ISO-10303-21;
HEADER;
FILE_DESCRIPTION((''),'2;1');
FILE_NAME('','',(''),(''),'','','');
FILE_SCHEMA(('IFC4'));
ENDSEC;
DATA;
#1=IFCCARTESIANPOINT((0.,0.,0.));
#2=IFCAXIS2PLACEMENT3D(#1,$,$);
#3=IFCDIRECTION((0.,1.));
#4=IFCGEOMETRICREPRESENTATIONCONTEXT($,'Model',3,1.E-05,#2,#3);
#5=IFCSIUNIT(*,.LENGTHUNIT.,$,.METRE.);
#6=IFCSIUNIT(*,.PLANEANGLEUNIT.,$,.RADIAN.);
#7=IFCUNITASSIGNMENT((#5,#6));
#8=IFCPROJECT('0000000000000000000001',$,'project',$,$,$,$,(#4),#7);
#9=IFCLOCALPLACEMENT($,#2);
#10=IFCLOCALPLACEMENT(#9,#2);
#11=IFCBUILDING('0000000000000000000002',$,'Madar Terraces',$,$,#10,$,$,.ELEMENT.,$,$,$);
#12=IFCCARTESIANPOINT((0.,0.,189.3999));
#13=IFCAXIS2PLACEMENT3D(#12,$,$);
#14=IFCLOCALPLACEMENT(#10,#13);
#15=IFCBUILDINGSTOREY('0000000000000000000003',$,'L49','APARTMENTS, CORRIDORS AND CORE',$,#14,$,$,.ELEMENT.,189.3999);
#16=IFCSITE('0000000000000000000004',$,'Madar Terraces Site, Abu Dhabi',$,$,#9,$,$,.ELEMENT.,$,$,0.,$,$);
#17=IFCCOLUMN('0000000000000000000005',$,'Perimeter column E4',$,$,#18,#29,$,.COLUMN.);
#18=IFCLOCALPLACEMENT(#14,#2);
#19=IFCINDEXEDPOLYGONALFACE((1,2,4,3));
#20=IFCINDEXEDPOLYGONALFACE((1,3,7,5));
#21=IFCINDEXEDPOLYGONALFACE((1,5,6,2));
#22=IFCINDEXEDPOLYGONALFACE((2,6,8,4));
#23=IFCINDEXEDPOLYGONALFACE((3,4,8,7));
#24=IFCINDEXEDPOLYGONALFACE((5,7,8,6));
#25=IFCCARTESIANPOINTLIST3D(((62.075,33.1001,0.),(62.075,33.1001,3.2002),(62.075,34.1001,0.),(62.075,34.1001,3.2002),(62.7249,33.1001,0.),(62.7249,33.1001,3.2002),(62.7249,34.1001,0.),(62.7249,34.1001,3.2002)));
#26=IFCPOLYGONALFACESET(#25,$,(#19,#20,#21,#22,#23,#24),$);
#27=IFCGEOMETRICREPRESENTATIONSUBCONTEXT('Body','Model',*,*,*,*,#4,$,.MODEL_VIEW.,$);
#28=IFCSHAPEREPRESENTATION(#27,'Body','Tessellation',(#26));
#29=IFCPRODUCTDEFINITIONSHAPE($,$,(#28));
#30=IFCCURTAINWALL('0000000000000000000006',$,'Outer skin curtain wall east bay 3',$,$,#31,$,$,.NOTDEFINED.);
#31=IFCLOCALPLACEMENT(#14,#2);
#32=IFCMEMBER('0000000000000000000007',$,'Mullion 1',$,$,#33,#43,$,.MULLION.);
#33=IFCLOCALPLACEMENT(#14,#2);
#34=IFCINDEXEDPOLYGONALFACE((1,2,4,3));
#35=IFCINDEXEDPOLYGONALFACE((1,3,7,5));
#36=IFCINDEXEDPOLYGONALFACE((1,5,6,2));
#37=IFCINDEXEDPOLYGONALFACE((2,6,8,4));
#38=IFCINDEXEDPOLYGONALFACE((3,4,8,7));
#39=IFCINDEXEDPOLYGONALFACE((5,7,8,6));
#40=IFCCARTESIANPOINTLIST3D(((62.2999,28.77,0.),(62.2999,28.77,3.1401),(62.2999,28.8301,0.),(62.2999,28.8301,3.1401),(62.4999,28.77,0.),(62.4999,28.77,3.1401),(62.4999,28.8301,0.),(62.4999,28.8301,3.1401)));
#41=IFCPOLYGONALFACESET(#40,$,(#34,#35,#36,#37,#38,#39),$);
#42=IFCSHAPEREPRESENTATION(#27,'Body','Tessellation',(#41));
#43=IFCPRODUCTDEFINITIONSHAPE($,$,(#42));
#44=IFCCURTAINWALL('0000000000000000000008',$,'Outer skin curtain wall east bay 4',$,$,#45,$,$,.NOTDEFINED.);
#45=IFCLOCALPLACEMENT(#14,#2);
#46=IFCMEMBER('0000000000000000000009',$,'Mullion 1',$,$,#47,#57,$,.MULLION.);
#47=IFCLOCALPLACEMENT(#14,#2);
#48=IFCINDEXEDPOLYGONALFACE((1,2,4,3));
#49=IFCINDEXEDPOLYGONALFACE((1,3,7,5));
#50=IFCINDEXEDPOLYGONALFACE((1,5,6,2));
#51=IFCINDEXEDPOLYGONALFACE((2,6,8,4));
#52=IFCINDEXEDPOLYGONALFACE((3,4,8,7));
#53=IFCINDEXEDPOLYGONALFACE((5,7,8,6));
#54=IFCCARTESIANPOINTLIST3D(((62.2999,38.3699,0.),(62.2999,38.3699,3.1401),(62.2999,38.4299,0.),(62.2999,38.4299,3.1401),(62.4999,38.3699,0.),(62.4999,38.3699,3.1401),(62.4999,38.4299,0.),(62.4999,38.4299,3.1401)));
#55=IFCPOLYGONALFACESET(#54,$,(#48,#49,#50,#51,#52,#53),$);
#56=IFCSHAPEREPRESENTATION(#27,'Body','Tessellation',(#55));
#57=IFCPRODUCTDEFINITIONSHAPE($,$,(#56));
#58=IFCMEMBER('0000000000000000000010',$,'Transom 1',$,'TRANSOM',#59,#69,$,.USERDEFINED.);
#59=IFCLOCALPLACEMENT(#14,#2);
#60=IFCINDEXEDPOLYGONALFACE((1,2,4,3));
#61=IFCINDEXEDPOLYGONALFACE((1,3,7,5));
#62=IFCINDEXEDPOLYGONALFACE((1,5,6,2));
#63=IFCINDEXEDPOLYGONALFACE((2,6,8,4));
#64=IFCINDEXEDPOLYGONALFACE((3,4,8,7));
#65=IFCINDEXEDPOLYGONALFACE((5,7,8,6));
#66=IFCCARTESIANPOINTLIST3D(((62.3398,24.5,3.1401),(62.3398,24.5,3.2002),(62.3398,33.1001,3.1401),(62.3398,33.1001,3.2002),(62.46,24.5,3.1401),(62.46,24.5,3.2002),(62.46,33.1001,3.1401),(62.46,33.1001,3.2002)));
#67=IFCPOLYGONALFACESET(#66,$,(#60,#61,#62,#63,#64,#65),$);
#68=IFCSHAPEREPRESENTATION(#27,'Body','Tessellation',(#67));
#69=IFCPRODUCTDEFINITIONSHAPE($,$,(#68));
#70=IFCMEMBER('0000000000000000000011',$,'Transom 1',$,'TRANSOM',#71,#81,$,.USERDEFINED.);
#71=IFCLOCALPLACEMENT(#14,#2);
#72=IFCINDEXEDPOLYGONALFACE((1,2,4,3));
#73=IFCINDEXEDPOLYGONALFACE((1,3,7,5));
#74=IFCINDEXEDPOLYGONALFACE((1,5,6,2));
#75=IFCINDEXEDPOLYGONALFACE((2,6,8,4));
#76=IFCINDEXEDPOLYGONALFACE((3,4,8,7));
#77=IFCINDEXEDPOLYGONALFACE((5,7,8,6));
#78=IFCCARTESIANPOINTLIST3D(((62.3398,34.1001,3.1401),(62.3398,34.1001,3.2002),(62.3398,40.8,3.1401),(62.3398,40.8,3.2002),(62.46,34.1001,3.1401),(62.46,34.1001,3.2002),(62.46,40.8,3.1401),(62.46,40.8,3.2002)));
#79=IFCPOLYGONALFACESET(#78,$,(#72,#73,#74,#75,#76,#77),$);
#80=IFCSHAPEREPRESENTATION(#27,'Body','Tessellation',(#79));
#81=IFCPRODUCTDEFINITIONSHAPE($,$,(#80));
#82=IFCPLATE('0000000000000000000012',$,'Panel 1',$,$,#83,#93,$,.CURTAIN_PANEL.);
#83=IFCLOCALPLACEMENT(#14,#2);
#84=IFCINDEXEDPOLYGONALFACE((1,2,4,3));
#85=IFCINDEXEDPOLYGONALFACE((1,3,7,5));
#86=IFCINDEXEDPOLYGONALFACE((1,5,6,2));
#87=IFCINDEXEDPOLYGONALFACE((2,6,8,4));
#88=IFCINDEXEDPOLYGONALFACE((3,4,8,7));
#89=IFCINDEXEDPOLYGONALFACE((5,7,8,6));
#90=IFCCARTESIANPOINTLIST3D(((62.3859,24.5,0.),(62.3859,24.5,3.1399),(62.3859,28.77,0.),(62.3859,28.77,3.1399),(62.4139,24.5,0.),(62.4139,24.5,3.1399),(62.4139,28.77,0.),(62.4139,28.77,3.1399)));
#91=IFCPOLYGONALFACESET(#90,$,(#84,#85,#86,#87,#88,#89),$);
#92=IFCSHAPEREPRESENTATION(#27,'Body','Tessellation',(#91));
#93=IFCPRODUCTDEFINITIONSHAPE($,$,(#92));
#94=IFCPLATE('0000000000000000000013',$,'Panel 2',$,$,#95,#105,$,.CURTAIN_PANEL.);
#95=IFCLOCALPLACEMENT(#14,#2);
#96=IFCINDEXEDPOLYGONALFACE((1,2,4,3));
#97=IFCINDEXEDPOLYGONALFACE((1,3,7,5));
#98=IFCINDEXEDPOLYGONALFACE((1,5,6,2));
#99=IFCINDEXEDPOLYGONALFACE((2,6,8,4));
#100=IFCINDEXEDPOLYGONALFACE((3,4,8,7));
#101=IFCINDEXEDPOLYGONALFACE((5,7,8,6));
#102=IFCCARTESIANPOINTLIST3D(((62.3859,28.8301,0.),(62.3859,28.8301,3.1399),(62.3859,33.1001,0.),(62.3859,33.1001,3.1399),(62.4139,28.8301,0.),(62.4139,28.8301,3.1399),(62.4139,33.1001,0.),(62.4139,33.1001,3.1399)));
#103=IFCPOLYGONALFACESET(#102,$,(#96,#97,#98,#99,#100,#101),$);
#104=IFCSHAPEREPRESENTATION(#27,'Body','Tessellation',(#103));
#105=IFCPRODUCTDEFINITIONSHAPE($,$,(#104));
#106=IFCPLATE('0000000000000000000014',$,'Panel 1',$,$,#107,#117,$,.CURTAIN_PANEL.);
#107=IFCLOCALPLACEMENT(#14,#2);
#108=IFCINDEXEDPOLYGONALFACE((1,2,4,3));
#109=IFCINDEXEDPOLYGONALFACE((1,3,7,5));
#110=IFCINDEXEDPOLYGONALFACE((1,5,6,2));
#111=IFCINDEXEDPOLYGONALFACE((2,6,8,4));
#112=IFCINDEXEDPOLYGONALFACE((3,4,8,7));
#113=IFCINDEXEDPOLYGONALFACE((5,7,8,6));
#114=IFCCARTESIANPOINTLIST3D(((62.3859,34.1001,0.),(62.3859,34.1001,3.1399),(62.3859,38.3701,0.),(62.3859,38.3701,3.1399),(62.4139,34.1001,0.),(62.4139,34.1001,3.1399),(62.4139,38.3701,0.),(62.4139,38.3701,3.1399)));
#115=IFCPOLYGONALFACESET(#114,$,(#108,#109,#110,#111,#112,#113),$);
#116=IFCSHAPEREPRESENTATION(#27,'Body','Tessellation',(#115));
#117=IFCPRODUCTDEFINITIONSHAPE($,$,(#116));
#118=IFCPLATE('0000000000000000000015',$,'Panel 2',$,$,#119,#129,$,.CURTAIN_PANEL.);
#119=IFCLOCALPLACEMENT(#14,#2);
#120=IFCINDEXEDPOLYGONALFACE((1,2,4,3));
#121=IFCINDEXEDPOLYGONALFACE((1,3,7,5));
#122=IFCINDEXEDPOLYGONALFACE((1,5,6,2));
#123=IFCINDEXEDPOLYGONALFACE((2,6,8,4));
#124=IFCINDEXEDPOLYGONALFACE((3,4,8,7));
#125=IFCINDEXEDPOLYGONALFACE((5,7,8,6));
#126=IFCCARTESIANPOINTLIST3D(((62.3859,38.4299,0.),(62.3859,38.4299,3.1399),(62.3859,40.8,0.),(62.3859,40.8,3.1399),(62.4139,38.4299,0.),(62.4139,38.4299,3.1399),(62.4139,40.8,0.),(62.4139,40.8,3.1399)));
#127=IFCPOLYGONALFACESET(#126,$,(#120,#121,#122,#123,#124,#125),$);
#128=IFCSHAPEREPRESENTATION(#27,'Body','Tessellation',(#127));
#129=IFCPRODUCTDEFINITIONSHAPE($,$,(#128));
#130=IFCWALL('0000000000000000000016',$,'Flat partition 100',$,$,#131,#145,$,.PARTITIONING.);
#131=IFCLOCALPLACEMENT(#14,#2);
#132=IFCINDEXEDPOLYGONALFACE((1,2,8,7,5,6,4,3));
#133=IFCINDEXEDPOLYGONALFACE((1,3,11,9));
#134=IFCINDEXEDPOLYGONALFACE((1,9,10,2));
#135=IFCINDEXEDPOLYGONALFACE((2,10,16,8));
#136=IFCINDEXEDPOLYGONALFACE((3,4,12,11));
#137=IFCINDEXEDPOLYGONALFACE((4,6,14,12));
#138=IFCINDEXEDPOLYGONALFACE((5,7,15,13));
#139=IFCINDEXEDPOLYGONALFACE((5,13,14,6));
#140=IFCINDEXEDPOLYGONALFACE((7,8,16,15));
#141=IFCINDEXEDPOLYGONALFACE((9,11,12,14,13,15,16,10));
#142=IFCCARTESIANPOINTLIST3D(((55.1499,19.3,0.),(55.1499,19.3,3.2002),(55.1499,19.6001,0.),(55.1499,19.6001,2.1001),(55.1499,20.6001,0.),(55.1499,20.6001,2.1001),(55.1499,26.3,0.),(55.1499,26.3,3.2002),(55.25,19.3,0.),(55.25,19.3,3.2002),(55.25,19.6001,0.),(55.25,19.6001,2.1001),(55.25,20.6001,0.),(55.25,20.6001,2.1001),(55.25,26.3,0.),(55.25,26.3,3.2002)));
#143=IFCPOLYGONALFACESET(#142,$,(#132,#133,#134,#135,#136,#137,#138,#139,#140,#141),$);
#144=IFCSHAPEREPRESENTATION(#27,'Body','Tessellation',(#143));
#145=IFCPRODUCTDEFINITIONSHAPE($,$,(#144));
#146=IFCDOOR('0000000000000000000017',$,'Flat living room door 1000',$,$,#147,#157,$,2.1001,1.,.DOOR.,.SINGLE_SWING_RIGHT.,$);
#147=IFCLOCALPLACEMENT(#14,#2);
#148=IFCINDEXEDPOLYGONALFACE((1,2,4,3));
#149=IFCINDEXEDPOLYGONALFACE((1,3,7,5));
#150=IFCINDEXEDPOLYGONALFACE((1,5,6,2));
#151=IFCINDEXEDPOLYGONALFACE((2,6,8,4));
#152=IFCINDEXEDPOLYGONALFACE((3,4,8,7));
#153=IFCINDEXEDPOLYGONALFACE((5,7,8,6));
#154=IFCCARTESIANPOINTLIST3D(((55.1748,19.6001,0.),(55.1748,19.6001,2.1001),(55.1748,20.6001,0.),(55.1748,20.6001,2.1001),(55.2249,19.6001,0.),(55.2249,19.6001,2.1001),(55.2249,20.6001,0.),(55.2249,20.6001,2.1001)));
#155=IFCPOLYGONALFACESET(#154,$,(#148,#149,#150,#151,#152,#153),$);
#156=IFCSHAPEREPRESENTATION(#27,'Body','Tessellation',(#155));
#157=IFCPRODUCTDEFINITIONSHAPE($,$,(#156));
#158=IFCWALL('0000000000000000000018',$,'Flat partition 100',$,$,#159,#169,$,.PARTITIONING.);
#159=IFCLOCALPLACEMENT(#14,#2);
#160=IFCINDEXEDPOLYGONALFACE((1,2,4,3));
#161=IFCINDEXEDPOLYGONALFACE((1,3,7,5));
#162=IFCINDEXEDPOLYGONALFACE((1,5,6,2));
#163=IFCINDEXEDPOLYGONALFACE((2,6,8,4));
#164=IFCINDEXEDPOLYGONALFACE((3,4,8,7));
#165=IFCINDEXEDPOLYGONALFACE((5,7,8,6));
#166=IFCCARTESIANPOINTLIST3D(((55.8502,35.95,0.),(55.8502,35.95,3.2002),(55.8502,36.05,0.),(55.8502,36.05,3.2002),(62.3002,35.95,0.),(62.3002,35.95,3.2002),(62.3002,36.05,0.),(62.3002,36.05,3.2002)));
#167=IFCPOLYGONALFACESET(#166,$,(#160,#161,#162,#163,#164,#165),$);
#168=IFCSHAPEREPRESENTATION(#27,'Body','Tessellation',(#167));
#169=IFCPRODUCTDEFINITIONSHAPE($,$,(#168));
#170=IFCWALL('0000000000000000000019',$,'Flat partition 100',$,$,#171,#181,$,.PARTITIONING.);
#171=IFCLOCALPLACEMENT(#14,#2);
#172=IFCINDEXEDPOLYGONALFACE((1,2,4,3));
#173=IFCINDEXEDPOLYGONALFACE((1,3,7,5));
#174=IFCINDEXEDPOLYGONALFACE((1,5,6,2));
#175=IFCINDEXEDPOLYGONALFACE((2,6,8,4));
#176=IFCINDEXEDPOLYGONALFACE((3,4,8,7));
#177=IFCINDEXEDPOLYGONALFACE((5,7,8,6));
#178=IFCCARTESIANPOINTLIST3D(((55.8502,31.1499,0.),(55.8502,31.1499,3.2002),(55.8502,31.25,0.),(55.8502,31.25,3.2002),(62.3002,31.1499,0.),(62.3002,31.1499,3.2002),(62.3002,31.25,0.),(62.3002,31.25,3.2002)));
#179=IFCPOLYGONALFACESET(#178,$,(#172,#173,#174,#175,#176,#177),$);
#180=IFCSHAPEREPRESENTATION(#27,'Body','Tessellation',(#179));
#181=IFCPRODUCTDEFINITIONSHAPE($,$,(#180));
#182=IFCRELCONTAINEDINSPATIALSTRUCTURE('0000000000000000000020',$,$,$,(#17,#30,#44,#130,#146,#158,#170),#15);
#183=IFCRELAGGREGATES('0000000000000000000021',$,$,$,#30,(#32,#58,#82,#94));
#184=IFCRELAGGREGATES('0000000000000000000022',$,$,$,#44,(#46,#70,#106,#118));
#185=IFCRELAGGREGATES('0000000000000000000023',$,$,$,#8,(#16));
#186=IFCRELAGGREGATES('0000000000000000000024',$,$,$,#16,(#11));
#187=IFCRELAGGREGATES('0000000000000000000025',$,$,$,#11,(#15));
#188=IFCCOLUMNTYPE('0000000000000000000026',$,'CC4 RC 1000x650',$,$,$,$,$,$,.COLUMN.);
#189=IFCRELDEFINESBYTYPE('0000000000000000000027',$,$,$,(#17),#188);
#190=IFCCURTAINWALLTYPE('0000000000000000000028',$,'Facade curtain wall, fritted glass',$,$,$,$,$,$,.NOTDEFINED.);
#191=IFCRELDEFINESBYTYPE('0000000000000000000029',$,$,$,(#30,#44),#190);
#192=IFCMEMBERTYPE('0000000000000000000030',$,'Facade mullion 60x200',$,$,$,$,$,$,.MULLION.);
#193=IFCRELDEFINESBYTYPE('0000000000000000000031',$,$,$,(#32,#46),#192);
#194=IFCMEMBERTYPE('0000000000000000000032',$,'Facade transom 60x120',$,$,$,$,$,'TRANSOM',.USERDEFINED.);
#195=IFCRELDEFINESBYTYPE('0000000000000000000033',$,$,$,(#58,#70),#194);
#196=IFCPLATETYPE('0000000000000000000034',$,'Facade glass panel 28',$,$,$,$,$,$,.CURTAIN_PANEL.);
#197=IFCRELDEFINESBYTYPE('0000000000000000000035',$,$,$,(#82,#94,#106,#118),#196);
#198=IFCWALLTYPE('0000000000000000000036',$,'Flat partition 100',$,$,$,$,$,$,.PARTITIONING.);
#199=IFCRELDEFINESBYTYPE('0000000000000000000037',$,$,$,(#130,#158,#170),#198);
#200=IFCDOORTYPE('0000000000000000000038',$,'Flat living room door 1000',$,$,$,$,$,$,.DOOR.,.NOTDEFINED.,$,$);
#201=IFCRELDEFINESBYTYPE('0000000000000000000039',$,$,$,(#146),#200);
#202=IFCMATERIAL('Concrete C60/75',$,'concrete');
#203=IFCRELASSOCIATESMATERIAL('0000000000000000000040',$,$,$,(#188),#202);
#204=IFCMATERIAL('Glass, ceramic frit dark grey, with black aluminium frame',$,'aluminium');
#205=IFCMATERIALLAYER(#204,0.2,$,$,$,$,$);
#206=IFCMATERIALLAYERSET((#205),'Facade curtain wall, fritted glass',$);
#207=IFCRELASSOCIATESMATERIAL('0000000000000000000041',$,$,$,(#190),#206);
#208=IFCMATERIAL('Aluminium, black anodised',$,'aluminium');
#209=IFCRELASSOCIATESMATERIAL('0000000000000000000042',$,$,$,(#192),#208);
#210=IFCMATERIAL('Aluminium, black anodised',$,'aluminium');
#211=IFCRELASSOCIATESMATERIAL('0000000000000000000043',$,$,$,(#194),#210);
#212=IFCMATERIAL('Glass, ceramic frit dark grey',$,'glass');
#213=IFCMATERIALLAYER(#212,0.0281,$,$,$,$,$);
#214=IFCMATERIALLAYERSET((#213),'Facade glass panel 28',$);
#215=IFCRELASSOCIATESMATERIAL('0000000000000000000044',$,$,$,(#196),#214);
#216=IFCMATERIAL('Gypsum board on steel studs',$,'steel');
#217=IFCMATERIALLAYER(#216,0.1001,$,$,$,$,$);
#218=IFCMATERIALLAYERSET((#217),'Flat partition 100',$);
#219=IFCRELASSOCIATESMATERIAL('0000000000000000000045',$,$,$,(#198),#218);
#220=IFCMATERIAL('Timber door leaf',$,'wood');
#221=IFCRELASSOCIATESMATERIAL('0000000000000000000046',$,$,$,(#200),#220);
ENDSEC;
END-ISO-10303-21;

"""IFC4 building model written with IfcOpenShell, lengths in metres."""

from ifc_helpers import new_model, si_unit, direction, frame, frame_2d, origin, origin_2d, place, context, subcontext, project, spatial, rectangle, extrude, material, layer, layer_set, material_profile, profile_set, type_object, element, fill, aggregate, save


model = new_model("IFC4")

# Units and contexts
model_context = context("Model", 3, precision=1e-05, world=origin(), true_north=direction((0.0, 1.0)))
body_context = subcontext(model_context, "Body", "Model", "MODEL_VIEW")
ifc_project = project(units=[si_unit("LENGTHUNIT", "METRE"), si_unit("PLANEANGLEUNIT", "RADIAN")], contexts=[model_context])

# Site, building, storey
site_placement = place(None, origin())
site = spatial("IfcSite", under=ifc_project, at=site_placement, Name="Madar Terraces Site, Abu Dhabi", CompositionType="ELEMENT", RefElevation=0.0)
building_placement = place(site_placement, origin())
building = spatial("IfcBuilding", under=site, at=building_placement, Name="Madar Terraces", CompositionType="ELEMENT")
storey_placement = place(building_placement, frame((0.0, 0.0, 189.3999)))
storey = spatial("IfcBuildingStorey", under=building, at=storey_placement, Name="L49", Description="APARTMENTS, CORRIDORS AND CORE", CompositionType="ELEMENT", Elevation=189.3999)

# Column
ifc_material_1 = material(Name="Concrete C60/75", Category="concrete")
ifc_material_profile_1 = material_profile(ifc_material_1, rectangle(XDim=1.0, YDim=0.6499, at=origin_2d()), Name="CC4 RC 1000x650")
ifc_profile_set_1 = profile_set([ifc_material_profile_1], Name="Concrete C60/75")
column_type = type_object("IfcColumnType", Name="CC4 RC 1000x650", PredefinedType="COLUMN", material=ifc_profile_set_1)
column_placement = place(storey_placement, frame((62.3999, 33.6001, 0.0), z_axis=(0.0, 0.0, 1.0), x_axis=(0.0, 1.0, 0.0)))
element("IfcColumn", 1, at=column_placement, inside=storey, type_object=column_type, Name="Perimeter column E4", PredefinedType="COLUMN", context=body_context, shape_type="SweptSolid", body=[
    extrude(rectangle(XDim=1.0, YDim=0.6499, at=origin_2d()), origin(), (0.0, 0.0, 1.0), 3.2002),
])

# Curtain walls, members
ifc_material_2 = material(Name="Glass, ceramic frit dark grey, with black aluminium frame", Category="aluminium")
ifc_layer_1 = layer(ifc_material_2, 0.2)
ifc_layer_set_1 = layer_set([ifc_layer_1], Name="Facade curtain wall, fritted glass")
curtain_wall_type = type_object("IfcCurtainWallType", Name="Facade curtain wall, fritted glass", PredefinedType="NOTDEFINED", material=ifc_layer_set_1)
curtain_wall_1_placement = place(storey_placement, origin())
curtain_wall_1 = element("IfcCurtainWall", 2, at=curtain_wall_1_placement, inside=storey, type_object=curtain_wall_type, Name="Outer skin curtain wall east bay 3", PredefinedType="NOTDEFINED")
ifc_material_3 = material(Name="Aluminium, black anodised", Category="aluminium")
ifc_material_profile_2 = material_profile(ifc_material_3, rectangle(XDim=0.2, YDim=0.0601, at=origin_2d()), Name="Facade mullion 60x200")
ifc_profile_set_2 = profile_set([ifc_material_profile_2], Name="Aluminium, black anodised")
member_type_1 = type_object("IfcMemberType", Name="Facade mullion 60x200", PredefinedType="MULLION", material=ifc_profile_set_2)
member_1_placement = place(storey_placement, frame((62.3999, 28.8, 0.0), z_axis=(0.0, 0.0, 1.0), x_axis=(-1.0, 0.0, 0.0)))
member_1 = element("IfcMember", 3, at=member_1_placement, type_object=member_type_1, Name="Mullion 1", PredefinedType="MULLION", context=body_context, shape_type="SweptSolid", body=[
    extrude(rectangle(XDim=0.2, YDim=0.0601, at=origin_2d()), origin(), (0.0, 0.0, 1.0), 3.1401),
])
curtain_wall_2_placement = place(storey_placement, origin())
curtain_wall_2 = element("IfcCurtainWall", 4, at=curtain_wall_2_placement, inside=storey, type_object=curtain_wall_type, Name="Outer skin curtain wall east bay 4", PredefinedType="NOTDEFINED")
member_2_placement = place(storey_placement, frame((62.3999, 38.3999, 0.0), z_axis=(0.0, 0.0, 1.0), x_axis=(-1.0, 0.0, 0.0)))
member_2 = element("IfcMember", 5, at=member_2_placement, type_object=member_type_1, Name="Mullion 1", PredefinedType="MULLION", context=body_context, shape_type="SweptSolid", body=[
    extrude(rectangle(XDim=0.2, YDim=0.0601, at=origin_2d()), origin(), (0.0, 0.0, 1.0), 3.1401),
])

# Members
ifc_material_4 = material(Name="Aluminium, black anodised", Category="aluminium")
ifc_material_profile_3 = material_profile(ifc_material_4, rectangle(XDim=0.1201, YDim=0.0601, at=origin_2d()), Name="Facade transom 60x120")
ifc_profile_set_3 = profile_set([ifc_material_profile_3], Name="Aluminium, black anodised")
member_type_2 = type_object("IfcMemberType", Name="Facade transom 60x120", ElementType="TRANSOM", PredefinedType="USERDEFINED", material=ifc_profile_set_3)
member_3_placement = place(storey_placement, frame((62.3999, 24.5, 3.1702), z_axis=(0.0, 1.0, 0.0), x_axis=(-1.0, 0.0, 0.0)))
member_3 = element("IfcMember", 6, at=member_3_placement, type_object=member_type_2, Name="Transom 1", ObjectType="TRANSOM", PredefinedType="USERDEFINED", context=body_context, shape_type="SweptSolid", body=[
    extrude(rectangle(XDim=0.1201, YDim=0.0601, at=origin_2d()), origin(), (0.0, 0.0, 1.0), 8.6001),
])
member_4_placement = place(storey_placement, frame((62.3999, 34.1001, 3.1702), z_axis=(0.0, 1.0, 0.0), x_axis=(-1.0, 0.0, 0.0)))
member_4 = element("IfcMember", 7, at=member_4_placement, type_object=member_type_2, Name="Transom 1", ObjectType="TRANSOM", PredefinedType="USERDEFINED", context=body_context, shape_type="SweptSolid", body=[
    extrude(rectangle(XDim=0.1201, YDim=0.0601, at=origin_2d()), origin(), (0.0, 0.0, 1.0), 6.7),
])

# Plates
ifc_material_5 = material(Name="Glass, ceramic frit dark grey", Category="glass")
ifc_layer_2 = layer(ifc_material_5, 0.0281)
ifc_layer_set_2 = layer_set([ifc_layer_2], Name="Facade glass panel 28")
plate_type = type_object("IfcPlateType", Name="Facade glass panel 28", PredefinedType="CURTAIN_PANEL", material=ifc_layer_set_2)
plate_1_placement = place(storey_placement, frame((62.3999, 26.635, 0.0), z_axis=(0.0, 0.0, 1.0), x_axis=(0.0, 1.0, 0.0)))
plate_1 = element("IfcPlate", 8, at=plate_1_placement, type_object=plate_type, Name="Panel 1", PredefinedType="CURTAIN_PANEL", context=body_context, shape_type="SweptSolid", body=[
    extrude(rectangle(XDim=4.27, YDim=0.0281, at=origin_2d()), origin(), (0.0, 0.0, 1.0), 3.1399),
])
plate_2_placement = place(storey_placement, frame((62.3999, 30.9651, 0.0), z_axis=(0.0, 0.0, 1.0), x_axis=(0.0, 1.0, 0.0)))
plate_2 = element("IfcPlate", 9, at=plate_2_placement, type_object=plate_type, Name="Panel 2", PredefinedType="CURTAIN_PANEL", context=body_context, shape_type="SweptSolid", body=[
    extrude(rectangle(XDim=4.27, YDim=0.0281, at=origin_2d()), origin(), (0.0, 0.0, 1.0), 3.1399),
])
aggregate(curtain_wall_1, [member_1, member_3, plate_1, plate_2])
plate_3_placement = place(storey_placement, frame((62.3999, 36.2351, 0.0), z_axis=(0.0, 0.0, 1.0), x_axis=(0.0, 1.0, 0.0)))
plate_3 = element("IfcPlate", 10, at=plate_3_placement, type_object=plate_type, Name="Panel 1", PredefinedType="CURTAIN_PANEL", context=body_context, shape_type="SweptSolid", body=[
    extrude(rectangle(XDim=4.27, YDim=0.0281, at=origin_2d()), origin(), (0.0, 0.0, 1.0), 3.1399),
])
plate_4_placement = place(storey_placement, frame((62.3999, 39.615, 0.0), z_axis=(0.0, 0.0, 1.0), x_axis=(0.0, 1.0, 0.0)))
plate_4 = element("IfcPlate", 11, at=plate_4_placement, type_object=plate_type, Name="Panel 2", PredefinedType="CURTAIN_PANEL", context=body_context, shape_type="SweptSolid", body=[
    extrude(rectangle(XDim=2.3701, YDim=0.0281, at=origin_2d()), origin(), (0.0, 0.0, 1.0), 3.1399),
])
aggregate(curtain_wall_2, [member_2, member_4, plate_3, plate_4])

# Wall, opening, door
ifc_material_6 = material(Name="Gypsum board on steel studs", Category="steel")
ifc_layer_3 = layer(ifc_material_6, 0.1001)
ifc_layer_set_3 = layer_set([ifc_layer_3], Name="Flat partition 100")
wall_type_1 = type_object("IfcWallType", Name="Flat partition 100", PredefinedType="PARTITIONING", material=ifc_layer_set_3)
wall_1_placement = place(storey_placement, frame((55.2, 26.3, 0.0), z_axis=(0.0, 0.0, 1.0), x_axis=(0.0, -1.0, 0.0)))
wall_1 = element("IfcWall", 12, at=wall_1_placement, inside=storey, type_object=wall_type_1, Name="Flat partition 100", PredefinedType="PARTITIONING", context=body_context, shape_type="SweptSolid", body=[
    extrude(rectangle(XDim=7.0, YDim=0.1001, at=frame_2d((3.5, 0.0))), origin(), (0.0, 0.0, 1.0), 3.2002),
])
opening_1_placement = place(wall_1_placement, frame((5.7, 0.0, 0.0)))
opening_1 = element("IfcOpeningElement", 13, at=opening_1_placement, cuts=wall_1, PredefinedType="OPENING", context=body_context, shape_type="SweptSolid", body=[
    extrude(rectangle(XDim=1.0, YDim=2.1001, at=frame_2d((0.5, 1.05))), frame((0.0, 0.0601, 0.0), z_axis=(0.0, -1.0, 0.0), x_axis=(1.0, 0.0, 0.0)), (0.0, 0.0, 1.0), 0.1201),
])
ifc_material_7 = material(Name="Timber door leaf", Category="wood")
door_type_1 = type_object("IfcDoorType", Name="Flat living room door 1000", OperationType="NOTDEFINED", PredefinedType="DOOR", material=ifc_material_7)
door_1_placement = place(opening_1_placement, origin())
door_1 = element("IfcDoor", 14, at=door_1_placement, inside=storey, type_object=door_type_1, Name="Flat living room door 1000", OperationType="SINGLE_SWING_RIGHT", OverallHeight=2.1001, OverallWidth=1.0, PredefinedType="DOOR", context=body_context, shape_type="SweptSolid", body=[
    extrude(rectangle(XDim=1.0, YDim=2.1001, at=frame_2d((0.5, 1.05))), frame((0.0, 0.0249, 0.0), z_axis=(0.0, -1.0, 0.0), x_axis=(1.0, 0.0, 0.0)), (0.0, 0.0, 1.0), 0.05),
])
fill(opening_1, door_1)

# Walls
for number, where, z_axis, x_axis, name in (
    (15, (55.8501, 36.0, 0.0), (0.0, 0.0, 1.0), (1.0, 0.0, 0.0), "Flat partition 100"),
    (16, (55.8501, 31.2, 0.0), (0.0, 0.0, 1.0), (1.0, 0.0, 0.0), "Flat partition 100"),
):
    element("IfcWall", number, at=place(storey_placement, frame(where, z_axis=z_axis, x_axis=x_axis)), inside=storey, type_object=wall_type_1, Name=name, PredefinedType="PARTITIONING", context=body_context, shape_type="SweptSolid", body=[
        extrude(rectangle(XDim=6.45, YDim=0.1001, at=frame_2d((3.2251, 0.0))), origin(), (0.0, 0.0, 1.0), 3.2002),
    ])

save(model, "model.ifc")
